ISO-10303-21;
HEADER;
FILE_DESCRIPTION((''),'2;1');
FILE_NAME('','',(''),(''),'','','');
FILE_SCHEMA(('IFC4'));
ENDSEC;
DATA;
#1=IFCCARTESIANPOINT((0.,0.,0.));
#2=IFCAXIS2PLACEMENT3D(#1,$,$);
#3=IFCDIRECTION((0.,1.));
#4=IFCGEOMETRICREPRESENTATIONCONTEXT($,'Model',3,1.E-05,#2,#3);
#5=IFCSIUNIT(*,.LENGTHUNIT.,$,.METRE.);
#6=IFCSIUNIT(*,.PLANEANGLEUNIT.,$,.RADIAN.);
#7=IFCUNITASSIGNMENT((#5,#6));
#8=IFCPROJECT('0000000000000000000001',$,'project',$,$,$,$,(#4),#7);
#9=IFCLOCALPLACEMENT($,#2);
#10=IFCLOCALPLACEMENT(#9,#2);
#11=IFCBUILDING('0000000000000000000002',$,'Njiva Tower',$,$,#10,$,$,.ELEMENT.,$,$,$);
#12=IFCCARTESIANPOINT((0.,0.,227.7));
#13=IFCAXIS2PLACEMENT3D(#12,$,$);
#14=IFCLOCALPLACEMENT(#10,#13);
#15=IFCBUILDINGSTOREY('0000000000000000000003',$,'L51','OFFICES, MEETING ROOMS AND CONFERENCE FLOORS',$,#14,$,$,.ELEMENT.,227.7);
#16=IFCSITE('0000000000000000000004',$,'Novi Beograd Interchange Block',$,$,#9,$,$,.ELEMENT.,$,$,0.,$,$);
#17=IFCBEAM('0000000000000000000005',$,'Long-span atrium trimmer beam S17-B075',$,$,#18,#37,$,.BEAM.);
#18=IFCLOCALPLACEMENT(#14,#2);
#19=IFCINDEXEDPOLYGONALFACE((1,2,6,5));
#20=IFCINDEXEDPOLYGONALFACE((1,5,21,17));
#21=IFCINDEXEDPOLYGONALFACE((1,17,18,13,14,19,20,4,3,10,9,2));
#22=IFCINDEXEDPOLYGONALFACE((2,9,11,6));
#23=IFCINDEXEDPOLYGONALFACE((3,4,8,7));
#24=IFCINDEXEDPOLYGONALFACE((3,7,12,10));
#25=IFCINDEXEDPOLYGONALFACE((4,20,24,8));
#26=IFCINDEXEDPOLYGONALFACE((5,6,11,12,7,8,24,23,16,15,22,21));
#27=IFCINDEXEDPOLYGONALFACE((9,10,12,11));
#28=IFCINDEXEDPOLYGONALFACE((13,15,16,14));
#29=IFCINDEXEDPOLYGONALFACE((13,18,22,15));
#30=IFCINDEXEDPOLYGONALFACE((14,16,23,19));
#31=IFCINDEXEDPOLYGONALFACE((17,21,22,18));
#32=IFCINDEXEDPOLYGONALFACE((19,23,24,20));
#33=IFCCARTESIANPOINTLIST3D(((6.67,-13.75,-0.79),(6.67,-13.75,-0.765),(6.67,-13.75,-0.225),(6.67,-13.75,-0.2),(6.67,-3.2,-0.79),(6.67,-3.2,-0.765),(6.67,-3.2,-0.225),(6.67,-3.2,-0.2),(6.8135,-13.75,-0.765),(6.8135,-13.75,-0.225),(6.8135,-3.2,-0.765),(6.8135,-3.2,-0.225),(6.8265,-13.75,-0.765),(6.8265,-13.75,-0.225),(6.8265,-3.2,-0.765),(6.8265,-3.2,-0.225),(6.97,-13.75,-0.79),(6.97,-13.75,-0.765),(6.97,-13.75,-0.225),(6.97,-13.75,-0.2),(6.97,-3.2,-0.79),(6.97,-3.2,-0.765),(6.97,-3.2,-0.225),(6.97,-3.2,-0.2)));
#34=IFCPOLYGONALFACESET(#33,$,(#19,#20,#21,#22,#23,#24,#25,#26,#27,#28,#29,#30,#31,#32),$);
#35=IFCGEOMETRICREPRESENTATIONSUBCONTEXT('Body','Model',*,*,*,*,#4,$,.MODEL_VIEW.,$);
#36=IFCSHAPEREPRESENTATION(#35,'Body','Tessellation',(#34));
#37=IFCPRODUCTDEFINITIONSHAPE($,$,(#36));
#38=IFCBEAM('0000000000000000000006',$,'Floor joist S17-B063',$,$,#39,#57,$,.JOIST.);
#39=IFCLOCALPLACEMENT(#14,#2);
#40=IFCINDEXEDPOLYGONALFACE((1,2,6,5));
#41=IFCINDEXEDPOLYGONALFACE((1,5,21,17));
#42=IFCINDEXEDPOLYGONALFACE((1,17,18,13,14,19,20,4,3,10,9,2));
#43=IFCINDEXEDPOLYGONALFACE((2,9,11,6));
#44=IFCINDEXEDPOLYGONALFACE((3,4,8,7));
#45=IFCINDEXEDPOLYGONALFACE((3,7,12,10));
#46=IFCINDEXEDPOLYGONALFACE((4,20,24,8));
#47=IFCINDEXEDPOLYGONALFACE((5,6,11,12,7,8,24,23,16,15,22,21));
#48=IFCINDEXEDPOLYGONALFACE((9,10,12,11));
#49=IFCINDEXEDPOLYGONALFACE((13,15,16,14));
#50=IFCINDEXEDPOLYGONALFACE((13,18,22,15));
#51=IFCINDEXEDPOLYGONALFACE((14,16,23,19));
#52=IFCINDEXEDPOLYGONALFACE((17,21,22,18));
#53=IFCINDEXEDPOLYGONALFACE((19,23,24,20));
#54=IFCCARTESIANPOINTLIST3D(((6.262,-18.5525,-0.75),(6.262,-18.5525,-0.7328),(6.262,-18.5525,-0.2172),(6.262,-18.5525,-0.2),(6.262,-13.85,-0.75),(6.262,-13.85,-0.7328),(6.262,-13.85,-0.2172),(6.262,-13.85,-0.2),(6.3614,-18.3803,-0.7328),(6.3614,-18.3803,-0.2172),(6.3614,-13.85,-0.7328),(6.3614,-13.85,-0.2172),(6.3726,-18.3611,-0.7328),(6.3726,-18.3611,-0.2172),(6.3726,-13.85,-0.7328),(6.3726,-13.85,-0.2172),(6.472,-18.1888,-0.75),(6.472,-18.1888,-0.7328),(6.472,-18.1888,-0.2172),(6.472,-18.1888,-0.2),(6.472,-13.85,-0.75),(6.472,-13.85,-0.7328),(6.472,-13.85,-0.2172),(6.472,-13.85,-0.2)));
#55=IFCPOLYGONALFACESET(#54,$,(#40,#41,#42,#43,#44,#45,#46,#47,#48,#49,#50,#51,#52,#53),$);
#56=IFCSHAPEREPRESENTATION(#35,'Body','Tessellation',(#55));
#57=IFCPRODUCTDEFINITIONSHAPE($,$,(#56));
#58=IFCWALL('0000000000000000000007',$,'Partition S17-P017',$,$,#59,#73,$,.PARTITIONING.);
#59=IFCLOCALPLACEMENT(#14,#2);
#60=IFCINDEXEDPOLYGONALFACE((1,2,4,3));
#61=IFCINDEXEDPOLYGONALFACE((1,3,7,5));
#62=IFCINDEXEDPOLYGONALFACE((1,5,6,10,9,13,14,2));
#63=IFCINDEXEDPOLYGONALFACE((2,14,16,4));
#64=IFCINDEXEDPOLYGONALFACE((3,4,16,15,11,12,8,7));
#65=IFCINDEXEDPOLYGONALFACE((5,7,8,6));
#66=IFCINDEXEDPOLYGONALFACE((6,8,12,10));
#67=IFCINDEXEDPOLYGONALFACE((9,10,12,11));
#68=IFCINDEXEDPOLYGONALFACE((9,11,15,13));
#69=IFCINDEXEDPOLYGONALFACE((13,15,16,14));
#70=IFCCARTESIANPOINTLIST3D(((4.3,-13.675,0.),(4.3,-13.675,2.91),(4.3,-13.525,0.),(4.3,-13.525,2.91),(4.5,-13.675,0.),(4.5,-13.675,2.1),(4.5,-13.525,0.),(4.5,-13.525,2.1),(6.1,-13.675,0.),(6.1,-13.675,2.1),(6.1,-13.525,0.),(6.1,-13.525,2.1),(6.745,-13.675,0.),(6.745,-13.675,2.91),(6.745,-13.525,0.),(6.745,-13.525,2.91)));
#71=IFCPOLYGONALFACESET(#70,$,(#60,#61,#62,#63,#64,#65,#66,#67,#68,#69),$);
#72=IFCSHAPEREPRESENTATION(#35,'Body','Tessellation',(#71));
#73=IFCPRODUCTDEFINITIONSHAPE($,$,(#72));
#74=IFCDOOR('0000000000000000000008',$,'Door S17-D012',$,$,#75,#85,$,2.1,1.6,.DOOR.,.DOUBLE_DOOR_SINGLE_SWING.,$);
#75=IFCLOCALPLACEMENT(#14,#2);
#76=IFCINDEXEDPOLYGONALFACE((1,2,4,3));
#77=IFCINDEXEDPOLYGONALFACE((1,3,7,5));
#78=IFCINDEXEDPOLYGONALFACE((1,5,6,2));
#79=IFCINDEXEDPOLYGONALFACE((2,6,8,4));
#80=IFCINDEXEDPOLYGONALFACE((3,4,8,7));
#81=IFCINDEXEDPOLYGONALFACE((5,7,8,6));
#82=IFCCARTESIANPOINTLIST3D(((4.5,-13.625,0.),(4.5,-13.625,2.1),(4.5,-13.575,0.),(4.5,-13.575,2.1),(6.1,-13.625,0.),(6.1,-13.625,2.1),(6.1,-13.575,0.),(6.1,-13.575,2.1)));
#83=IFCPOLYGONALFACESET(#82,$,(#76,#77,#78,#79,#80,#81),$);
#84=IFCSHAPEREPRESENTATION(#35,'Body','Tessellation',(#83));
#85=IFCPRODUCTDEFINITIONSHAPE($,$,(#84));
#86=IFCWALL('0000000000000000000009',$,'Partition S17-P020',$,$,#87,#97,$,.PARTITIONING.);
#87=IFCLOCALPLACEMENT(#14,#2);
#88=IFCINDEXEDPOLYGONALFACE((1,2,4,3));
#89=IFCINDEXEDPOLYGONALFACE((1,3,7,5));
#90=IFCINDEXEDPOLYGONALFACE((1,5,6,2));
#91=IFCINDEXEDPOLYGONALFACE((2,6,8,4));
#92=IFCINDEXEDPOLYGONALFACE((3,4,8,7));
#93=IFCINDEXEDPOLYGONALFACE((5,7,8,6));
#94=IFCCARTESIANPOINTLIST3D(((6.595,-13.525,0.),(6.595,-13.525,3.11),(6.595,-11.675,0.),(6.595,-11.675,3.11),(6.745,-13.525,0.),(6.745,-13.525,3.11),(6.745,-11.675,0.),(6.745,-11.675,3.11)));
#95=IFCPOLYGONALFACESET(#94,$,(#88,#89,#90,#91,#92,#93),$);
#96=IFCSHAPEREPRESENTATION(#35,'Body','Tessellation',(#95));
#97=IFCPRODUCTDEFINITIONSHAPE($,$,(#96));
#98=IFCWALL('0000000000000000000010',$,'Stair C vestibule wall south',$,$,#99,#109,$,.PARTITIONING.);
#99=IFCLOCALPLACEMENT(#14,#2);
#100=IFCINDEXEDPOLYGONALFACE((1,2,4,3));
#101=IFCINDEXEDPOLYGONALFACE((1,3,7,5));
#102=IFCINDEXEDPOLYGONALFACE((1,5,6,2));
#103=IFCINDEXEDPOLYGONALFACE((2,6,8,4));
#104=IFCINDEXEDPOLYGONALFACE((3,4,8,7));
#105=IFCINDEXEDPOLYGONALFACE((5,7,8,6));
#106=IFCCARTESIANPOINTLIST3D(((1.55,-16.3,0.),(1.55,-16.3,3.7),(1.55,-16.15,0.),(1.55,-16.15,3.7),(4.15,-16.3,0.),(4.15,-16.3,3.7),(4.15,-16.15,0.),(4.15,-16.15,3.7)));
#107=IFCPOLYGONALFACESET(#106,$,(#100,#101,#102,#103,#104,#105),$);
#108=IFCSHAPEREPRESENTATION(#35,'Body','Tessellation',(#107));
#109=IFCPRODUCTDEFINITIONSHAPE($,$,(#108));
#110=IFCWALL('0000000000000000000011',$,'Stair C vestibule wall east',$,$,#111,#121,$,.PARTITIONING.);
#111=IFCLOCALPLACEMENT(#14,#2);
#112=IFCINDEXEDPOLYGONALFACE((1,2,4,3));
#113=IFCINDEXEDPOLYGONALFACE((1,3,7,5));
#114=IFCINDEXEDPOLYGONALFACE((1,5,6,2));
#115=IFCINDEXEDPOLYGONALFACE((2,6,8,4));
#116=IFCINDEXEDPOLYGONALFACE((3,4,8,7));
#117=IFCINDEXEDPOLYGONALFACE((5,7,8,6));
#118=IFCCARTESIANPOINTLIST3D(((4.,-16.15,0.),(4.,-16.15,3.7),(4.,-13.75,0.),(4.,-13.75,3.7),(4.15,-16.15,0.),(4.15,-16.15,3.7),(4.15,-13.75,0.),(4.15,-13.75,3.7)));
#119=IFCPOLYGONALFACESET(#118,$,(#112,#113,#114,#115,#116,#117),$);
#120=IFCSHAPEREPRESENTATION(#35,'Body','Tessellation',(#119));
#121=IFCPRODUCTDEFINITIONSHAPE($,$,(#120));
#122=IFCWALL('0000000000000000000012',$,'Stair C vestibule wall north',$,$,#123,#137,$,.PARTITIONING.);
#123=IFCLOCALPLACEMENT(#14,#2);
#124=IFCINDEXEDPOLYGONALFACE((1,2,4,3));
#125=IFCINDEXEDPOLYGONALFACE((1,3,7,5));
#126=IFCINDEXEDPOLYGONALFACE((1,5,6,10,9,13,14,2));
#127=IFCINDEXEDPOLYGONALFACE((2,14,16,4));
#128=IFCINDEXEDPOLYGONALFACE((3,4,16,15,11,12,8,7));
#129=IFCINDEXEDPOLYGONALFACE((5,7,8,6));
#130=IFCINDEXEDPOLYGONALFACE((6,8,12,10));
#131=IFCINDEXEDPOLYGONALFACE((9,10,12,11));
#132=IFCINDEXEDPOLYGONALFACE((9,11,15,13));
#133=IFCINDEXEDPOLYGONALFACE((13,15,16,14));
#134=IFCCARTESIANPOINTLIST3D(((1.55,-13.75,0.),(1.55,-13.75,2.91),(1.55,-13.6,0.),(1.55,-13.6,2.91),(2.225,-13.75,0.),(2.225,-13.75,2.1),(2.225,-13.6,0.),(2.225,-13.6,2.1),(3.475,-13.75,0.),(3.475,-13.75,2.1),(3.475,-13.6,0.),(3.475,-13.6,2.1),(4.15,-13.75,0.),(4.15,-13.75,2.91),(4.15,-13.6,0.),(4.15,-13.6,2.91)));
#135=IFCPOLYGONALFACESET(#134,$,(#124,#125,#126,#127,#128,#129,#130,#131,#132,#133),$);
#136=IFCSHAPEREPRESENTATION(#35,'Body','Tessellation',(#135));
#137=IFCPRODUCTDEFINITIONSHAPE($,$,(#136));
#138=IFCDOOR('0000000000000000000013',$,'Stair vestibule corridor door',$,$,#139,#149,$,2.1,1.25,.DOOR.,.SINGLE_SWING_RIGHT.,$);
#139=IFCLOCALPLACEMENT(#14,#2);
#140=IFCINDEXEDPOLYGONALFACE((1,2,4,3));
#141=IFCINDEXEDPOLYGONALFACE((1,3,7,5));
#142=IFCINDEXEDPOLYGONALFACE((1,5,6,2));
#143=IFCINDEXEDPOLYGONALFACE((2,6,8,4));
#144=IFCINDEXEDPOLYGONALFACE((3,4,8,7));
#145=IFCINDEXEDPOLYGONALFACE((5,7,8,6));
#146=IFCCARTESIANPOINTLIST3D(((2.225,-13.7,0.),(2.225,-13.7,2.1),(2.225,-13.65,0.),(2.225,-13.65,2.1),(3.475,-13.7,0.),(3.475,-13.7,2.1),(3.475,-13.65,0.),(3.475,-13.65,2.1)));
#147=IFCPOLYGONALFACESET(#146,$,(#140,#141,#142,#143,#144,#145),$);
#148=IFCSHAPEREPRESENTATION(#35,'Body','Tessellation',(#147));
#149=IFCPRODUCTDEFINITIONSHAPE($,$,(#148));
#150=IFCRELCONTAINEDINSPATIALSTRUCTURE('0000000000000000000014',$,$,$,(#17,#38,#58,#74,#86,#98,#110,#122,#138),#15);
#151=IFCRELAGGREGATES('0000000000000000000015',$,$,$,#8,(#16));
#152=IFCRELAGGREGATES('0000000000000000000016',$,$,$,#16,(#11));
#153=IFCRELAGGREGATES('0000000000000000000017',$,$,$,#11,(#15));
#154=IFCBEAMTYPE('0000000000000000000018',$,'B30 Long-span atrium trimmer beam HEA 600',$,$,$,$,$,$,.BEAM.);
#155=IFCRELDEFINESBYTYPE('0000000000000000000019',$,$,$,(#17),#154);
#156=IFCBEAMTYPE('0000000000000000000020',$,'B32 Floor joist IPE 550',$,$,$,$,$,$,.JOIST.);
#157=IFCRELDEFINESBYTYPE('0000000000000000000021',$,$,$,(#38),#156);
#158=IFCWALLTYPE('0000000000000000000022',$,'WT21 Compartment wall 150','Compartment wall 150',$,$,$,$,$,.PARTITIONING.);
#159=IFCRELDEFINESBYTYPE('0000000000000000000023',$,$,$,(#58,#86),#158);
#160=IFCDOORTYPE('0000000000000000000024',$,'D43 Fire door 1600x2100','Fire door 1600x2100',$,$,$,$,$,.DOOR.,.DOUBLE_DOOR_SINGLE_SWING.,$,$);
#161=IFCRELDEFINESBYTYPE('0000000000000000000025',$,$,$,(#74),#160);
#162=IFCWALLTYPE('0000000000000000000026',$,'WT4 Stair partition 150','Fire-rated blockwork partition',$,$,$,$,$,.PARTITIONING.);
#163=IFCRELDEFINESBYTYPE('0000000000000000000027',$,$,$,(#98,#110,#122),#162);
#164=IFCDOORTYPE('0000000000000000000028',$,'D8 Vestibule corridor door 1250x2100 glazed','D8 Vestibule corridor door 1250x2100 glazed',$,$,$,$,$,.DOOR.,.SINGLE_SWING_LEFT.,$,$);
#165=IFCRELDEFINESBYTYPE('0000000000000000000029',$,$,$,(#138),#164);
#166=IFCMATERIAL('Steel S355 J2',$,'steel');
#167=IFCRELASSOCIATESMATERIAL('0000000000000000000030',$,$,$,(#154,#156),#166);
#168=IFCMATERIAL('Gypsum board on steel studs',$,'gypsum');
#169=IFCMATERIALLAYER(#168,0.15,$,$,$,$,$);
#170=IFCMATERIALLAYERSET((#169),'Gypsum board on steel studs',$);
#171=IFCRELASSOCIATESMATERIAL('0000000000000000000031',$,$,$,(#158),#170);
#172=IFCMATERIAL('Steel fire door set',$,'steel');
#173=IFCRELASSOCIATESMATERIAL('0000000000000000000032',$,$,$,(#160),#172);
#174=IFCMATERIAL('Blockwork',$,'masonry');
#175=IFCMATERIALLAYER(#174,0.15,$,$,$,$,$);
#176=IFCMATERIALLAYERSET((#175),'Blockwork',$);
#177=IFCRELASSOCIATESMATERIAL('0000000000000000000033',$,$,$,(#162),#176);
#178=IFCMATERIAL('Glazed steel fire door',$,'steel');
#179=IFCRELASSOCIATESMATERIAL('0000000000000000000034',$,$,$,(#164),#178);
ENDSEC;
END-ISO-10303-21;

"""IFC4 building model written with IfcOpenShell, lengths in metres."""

from ifc_helpers import new_model, si_unit, direction, frame, frame_2d, origin, origin_2d, place, context, subcontext, project, spatial, rectangle, i_section, extrude, clip, halfspace, material, layer, layer_set, material_profile, profile_set, type_object, element, fill, save


model = new_model("IFC4")

# Units and contexts
model_context = context("Model", 3, precision=1e-05, world=origin(), true_north=direction((0.0, 1.0)))
body_context = subcontext(model_context, "Body", "Model", "MODEL_VIEW")
ifc_project = project(units=[si_unit("LENGTHUNIT", "METRE"), si_unit("PLANEANGLEUNIT", "RADIAN")], contexts=[model_context])

# Site, building, storey
site_placement = place(None, origin())
site = spatial("IfcSite", under=ifc_project, at=site_placement, Name="Novi Beograd Interchange Block", CompositionType="ELEMENT", RefElevation=0.0)
building_placement = place(site_placement, origin())
building = spatial("IfcBuilding", under=site, at=building_placement, Name="Njiva Tower", CompositionType="ELEMENT")
storey_placement = place(building_placement, frame((0.0, 0.0, 227.7)))
storey = spatial("IfcBuildingStorey", under=building, at=storey_placement, Name="L51", Description="OFFICES, MEETING ROOMS AND CONFERENCE FLOORS", CompositionType="ELEMENT", Elevation=227.7)

# Shared definitions
ifc_material_1 = material(Name="Steel S355 J2", Category="steel")

# Beams
ifc_material_profile_1 = material_profile(ifc_material_1, i_section(OverallWidth=0.3, OverallDepth=0.59, WebThickness=0.013, FlangeThickness=0.025, at=origin_2d()), Name="HEA 600")
ifc_profile_set_1 = profile_set([ifc_material_profile_1], Name="Steel S355 J2")
beam_type_1 = type_object("IfcBeamType", Name="B30 Long-span atrium trimmer beam HEA 600", PredefinedType="BEAM", material=ifc_profile_set_1)
beam_1_placement = place(storey_placement, frame((6.82, -13.75, -0.495), z_axis=(0.0, 1.0, 0.0), x_axis=(-1.0, 0.0, 0.0)))
element("IfcBeam", 1, at=beam_1_placement, inside=storey, type_object=beam_type_1, Name="Long-span atrium trimmer beam S17-B075", PredefinedType="BEAM", context=body_context, shape_type="SweptSolid", body=[
    extrude(i_section(OverallWidth=0.3, OverallDepth=0.59, WebThickness=0.013, FlangeThickness=0.025, at=origin_2d()), origin(), (0.0, 0.0, 1.0), 10.55),
])
ifc_material_profile_2 = material_profile(ifc_material_1, i_section(OverallWidth=0.21, OverallDepth=0.55, WebThickness=0.0111, FlangeThickness=0.0172, at=origin_2d()), Name="IPE 550")
ifc_profile_set_2 = profile_set([ifc_material_profile_2], Name="Steel S355 J2")
beam_type_2 = type_object("IfcBeamType", Name="B32 Floor joist IPE 550", PredefinedType="JOIST", material=ifc_profile_set_2)
beam_2_placement = place(storey_placement, frame((6.367, -13.85, -0.475), z_axis=(0.0, -1.0, 0.0), x_axis=(1.0, 0.0, 0.0)))
element("IfcBeam", 2, at=beam_2_placement, inside=storey, type_object=beam_type_2, Name="Floor joist S17-B063", PredefinedType="JOIST", context=body_context, shape_type="Clipping", body=[
    clip(extrude(i_section(OverallWidth=0.21, OverallDepth=0.55, WebThickness=0.0111, FlangeThickness=0.0172, at=origin_2d()), origin(), (0.0, 0.0, 1.0), 4.723), halfspace(frame((0.043, 0.0, 4.4462), z_axis=(0.866027, 0.0, 0.499998), x_axis=(0.0, 1.0, 0.0)), False)),
])

# Wall, opening, door
ifc_material_2 = material(Name="Gypsum board on steel studs", Category="gypsum")
ifc_layer_1 = layer(ifc_material_2, 0.15)
ifc_layer_set_1 = layer_set([ifc_layer_1], Name="Gypsum board on steel studs")
wall_type_1 = type_object("IfcWallType", Name="WT21 Compartment wall 150", Description="Compartment wall 150", PredefinedType="PARTITIONING", material=ifc_layer_set_1)
wall_1_placement = place(storey_placement, frame((4.3, -13.6, 0.0), z_axis=(0.0, 0.0, 1.0), x_axis=(1.0, 0.0, 0.0)))
wall_1 = element("IfcWall", 3, at=wall_1_placement, inside=storey, type_object=wall_type_1, Name="Partition S17-P017", PredefinedType="PARTITIONING", context=body_context, shape_type="SweptSolid", body=[
    extrude(rectangle(XDim=2.445, YDim=0.15, at=frame_2d((1.2225, 0.0))), origin(), (0.0, 0.0, 1.0), 2.91),
])
opening_1_placement = place(wall_1_placement, frame((0.2, 0.0, 0.0)))
opening_1 = element("IfcOpeningElement", 4, at=opening_1_placement, cuts=wall_1, PredefinedType="OPENING", context=body_context, shape_type="SweptSolid", body=[
    extrude(rectangle(XDim=1.6, YDim=2.1, at=frame_2d((0.8, 1.05))), frame((0.0, 0.085, 0.0), z_axis=(0.0, -1.0, 0.0), x_axis=(1.0, 0.0, 0.0)), (0.0, 0.0, 1.0), 0.17),
])
ifc_material_3 = material(Name="Steel fire door set", Category="steel")
door_type_1 = type_object("IfcDoorType", Name="D43 Fire door 1600x2100", Description="Fire door 1600x2100", OperationType="DOUBLE_DOOR_SINGLE_SWING", PredefinedType="DOOR", material=ifc_material_3)
door_1_placement = place(opening_1_placement, origin())
door_1 = element("IfcDoor", 5, at=door_1_placement, inside=storey, type_object=door_type_1, Name="Door S17-D012", OperationType="DOUBLE_DOOR_SINGLE_SWING", OverallHeight=2.1, OverallWidth=1.6, PredefinedType="DOOR", context=body_context, shape_type="SweptSolid", body=[
    extrude(rectangle(XDim=1.6, YDim=2.1, at=frame_2d((0.8, 1.05))), frame((0.0, 0.025, 0.0), z_axis=(0.0, -1.0, 0.0), x_axis=(1.0, 0.0, 0.0)), (0.0, 0.0, 1.0), 0.05),
])
fill(opening_1, door_1)

# Walls
wall_2_placement = place(storey_placement, frame((6.67, -13.525, 0.0), z_axis=(0.0, 0.0, 1.0), x_axis=(0.0, 1.0, 0.0)))
element("IfcWall", 6, at=wall_2_placement, inside=storey, type_object=wall_type_1, Name="Partition S17-P020", PredefinedType="PARTITIONING", context=body_context, shape_type="SweptSolid", body=[
    extrude(rectangle(XDim=1.85, YDim=0.15, at=frame_2d((0.925, 0.0))), origin(), (0.0, 0.0, 1.0), 3.11),
])
ifc_material_4 = material(Name="Blockwork", Category="masonry")
ifc_layer_2 = layer(ifc_material_4, 0.15)
ifc_layer_set_2 = layer_set([ifc_layer_2], Name="Blockwork")
wall_type_2 = type_object("IfcWallType", Name="WT4 Stair partition 150", Description="Fire-rated blockwork partition", PredefinedType="PARTITIONING", material=ifc_layer_set_2)
wall_3_placement = place(storey_placement, frame((1.55, -16.225, 0.0), z_axis=(0.0, 0.0, 1.0), x_axis=(1.0, 0.0, 0.0)))
element("IfcWall", 7, at=wall_3_placement, inside=storey, type_object=wall_type_2, Name="Stair C vestibule wall south", PredefinedType="PARTITIONING", context=body_context, shape_type="SweptSolid", body=[
    extrude(rectangle(XDim=2.6, YDim=0.15, at=frame_2d((1.3, 0.0))), origin(), (0.0, 0.0, 1.0), 3.7),
])
wall_4_placement = place(storey_placement, frame((4.075, -16.15, 0.0), z_axis=(0.0, 0.0, 1.0), x_axis=(0.0, 1.0, 0.0)))
element("IfcWall", 8, at=wall_4_placement, inside=storey, type_object=wall_type_2, Name="Stair C vestibule wall east", PredefinedType="PARTITIONING", context=body_context, shape_type="SweptSolid", body=[
    extrude(rectangle(XDim=2.4, YDim=0.15, at=frame_2d((1.2, 0.0))), origin(), (0.0, 0.0, 1.0), 3.7),
])

# Wall, opening, door
wall_5_placement = place(storey_placement, frame((1.55, -13.675, 0.0), z_axis=(0.0, 0.0, 1.0), x_axis=(1.0, 0.0, 0.0)))
wall_5 = element("IfcWall", 9, at=wall_5_placement, inside=storey, type_object=wall_type_2, Name="Stair C vestibule wall north", PredefinedType="PARTITIONING", context=body_context, shape_type="SweptSolid", body=[
    extrude(rectangle(XDim=2.6, YDim=0.15, at=frame_2d((1.3, 0.0))), origin(), (0.0, 0.0, 1.0), 2.91),
])
opening_2_placement = place(wall_5_placement, frame((0.675, 0.0, 0.0)))
opening_2 = element("IfcOpeningElement", 10, at=opening_2_placement, cuts=wall_5, PredefinedType="OPENING", context=body_context, shape_type="SweptSolid", body=[
    extrude(rectangle(XDim=1.25, YDim=2.1, at=frame_2d((0.625, 1.05))), frame((0.0, 0.085, 0.0), z_axis=(0.0, -1.0, 0.0), x_axis=(1.0, 0.0, 0.0)), (0.0, 0.0, 1.0), 0.17),
])
ifc_material_5 = material(Name="Glazed steel fire door", Category="steel")
door_type_2 = type_object("IfcDoorType", Name="D8 Vestibule corridor door 1250x2100 glazed", Description="D8 Vestibule corridor door 1250x2100 glazed", OperationType="SINGLE_SWING_LEFT", PredefinedType="DOOR", material=ifc_material_5)
door_2_placement = place(opening_2_placement, origin())
door_2 = element("IfcDoor", 11, at=door_2_placement, inside=storey, type_object=door_type_2, Name="Stair vestibule corridor door", OperationType="SINGLE_SWING_RIGHT", OverallHeight=2.1, OverallWidth=1.25, PredefinedType="DOOR", context=body_context, shape_type="SweptSolid", body=[
    extrude(rectangle(XDim=1.25, YDim=2.1, at=frame_2d((0.625, 1.05))), frame((0.0, 0.025, 0.0), z_axis=(0.0, -1.0, 0.0), x_axis=(1.0, 0.0, 0.0)), (0.0, 0.0, 1.0), 0.05),
])
fill(opening_2, door_2)

save(model, "model.ifc")
